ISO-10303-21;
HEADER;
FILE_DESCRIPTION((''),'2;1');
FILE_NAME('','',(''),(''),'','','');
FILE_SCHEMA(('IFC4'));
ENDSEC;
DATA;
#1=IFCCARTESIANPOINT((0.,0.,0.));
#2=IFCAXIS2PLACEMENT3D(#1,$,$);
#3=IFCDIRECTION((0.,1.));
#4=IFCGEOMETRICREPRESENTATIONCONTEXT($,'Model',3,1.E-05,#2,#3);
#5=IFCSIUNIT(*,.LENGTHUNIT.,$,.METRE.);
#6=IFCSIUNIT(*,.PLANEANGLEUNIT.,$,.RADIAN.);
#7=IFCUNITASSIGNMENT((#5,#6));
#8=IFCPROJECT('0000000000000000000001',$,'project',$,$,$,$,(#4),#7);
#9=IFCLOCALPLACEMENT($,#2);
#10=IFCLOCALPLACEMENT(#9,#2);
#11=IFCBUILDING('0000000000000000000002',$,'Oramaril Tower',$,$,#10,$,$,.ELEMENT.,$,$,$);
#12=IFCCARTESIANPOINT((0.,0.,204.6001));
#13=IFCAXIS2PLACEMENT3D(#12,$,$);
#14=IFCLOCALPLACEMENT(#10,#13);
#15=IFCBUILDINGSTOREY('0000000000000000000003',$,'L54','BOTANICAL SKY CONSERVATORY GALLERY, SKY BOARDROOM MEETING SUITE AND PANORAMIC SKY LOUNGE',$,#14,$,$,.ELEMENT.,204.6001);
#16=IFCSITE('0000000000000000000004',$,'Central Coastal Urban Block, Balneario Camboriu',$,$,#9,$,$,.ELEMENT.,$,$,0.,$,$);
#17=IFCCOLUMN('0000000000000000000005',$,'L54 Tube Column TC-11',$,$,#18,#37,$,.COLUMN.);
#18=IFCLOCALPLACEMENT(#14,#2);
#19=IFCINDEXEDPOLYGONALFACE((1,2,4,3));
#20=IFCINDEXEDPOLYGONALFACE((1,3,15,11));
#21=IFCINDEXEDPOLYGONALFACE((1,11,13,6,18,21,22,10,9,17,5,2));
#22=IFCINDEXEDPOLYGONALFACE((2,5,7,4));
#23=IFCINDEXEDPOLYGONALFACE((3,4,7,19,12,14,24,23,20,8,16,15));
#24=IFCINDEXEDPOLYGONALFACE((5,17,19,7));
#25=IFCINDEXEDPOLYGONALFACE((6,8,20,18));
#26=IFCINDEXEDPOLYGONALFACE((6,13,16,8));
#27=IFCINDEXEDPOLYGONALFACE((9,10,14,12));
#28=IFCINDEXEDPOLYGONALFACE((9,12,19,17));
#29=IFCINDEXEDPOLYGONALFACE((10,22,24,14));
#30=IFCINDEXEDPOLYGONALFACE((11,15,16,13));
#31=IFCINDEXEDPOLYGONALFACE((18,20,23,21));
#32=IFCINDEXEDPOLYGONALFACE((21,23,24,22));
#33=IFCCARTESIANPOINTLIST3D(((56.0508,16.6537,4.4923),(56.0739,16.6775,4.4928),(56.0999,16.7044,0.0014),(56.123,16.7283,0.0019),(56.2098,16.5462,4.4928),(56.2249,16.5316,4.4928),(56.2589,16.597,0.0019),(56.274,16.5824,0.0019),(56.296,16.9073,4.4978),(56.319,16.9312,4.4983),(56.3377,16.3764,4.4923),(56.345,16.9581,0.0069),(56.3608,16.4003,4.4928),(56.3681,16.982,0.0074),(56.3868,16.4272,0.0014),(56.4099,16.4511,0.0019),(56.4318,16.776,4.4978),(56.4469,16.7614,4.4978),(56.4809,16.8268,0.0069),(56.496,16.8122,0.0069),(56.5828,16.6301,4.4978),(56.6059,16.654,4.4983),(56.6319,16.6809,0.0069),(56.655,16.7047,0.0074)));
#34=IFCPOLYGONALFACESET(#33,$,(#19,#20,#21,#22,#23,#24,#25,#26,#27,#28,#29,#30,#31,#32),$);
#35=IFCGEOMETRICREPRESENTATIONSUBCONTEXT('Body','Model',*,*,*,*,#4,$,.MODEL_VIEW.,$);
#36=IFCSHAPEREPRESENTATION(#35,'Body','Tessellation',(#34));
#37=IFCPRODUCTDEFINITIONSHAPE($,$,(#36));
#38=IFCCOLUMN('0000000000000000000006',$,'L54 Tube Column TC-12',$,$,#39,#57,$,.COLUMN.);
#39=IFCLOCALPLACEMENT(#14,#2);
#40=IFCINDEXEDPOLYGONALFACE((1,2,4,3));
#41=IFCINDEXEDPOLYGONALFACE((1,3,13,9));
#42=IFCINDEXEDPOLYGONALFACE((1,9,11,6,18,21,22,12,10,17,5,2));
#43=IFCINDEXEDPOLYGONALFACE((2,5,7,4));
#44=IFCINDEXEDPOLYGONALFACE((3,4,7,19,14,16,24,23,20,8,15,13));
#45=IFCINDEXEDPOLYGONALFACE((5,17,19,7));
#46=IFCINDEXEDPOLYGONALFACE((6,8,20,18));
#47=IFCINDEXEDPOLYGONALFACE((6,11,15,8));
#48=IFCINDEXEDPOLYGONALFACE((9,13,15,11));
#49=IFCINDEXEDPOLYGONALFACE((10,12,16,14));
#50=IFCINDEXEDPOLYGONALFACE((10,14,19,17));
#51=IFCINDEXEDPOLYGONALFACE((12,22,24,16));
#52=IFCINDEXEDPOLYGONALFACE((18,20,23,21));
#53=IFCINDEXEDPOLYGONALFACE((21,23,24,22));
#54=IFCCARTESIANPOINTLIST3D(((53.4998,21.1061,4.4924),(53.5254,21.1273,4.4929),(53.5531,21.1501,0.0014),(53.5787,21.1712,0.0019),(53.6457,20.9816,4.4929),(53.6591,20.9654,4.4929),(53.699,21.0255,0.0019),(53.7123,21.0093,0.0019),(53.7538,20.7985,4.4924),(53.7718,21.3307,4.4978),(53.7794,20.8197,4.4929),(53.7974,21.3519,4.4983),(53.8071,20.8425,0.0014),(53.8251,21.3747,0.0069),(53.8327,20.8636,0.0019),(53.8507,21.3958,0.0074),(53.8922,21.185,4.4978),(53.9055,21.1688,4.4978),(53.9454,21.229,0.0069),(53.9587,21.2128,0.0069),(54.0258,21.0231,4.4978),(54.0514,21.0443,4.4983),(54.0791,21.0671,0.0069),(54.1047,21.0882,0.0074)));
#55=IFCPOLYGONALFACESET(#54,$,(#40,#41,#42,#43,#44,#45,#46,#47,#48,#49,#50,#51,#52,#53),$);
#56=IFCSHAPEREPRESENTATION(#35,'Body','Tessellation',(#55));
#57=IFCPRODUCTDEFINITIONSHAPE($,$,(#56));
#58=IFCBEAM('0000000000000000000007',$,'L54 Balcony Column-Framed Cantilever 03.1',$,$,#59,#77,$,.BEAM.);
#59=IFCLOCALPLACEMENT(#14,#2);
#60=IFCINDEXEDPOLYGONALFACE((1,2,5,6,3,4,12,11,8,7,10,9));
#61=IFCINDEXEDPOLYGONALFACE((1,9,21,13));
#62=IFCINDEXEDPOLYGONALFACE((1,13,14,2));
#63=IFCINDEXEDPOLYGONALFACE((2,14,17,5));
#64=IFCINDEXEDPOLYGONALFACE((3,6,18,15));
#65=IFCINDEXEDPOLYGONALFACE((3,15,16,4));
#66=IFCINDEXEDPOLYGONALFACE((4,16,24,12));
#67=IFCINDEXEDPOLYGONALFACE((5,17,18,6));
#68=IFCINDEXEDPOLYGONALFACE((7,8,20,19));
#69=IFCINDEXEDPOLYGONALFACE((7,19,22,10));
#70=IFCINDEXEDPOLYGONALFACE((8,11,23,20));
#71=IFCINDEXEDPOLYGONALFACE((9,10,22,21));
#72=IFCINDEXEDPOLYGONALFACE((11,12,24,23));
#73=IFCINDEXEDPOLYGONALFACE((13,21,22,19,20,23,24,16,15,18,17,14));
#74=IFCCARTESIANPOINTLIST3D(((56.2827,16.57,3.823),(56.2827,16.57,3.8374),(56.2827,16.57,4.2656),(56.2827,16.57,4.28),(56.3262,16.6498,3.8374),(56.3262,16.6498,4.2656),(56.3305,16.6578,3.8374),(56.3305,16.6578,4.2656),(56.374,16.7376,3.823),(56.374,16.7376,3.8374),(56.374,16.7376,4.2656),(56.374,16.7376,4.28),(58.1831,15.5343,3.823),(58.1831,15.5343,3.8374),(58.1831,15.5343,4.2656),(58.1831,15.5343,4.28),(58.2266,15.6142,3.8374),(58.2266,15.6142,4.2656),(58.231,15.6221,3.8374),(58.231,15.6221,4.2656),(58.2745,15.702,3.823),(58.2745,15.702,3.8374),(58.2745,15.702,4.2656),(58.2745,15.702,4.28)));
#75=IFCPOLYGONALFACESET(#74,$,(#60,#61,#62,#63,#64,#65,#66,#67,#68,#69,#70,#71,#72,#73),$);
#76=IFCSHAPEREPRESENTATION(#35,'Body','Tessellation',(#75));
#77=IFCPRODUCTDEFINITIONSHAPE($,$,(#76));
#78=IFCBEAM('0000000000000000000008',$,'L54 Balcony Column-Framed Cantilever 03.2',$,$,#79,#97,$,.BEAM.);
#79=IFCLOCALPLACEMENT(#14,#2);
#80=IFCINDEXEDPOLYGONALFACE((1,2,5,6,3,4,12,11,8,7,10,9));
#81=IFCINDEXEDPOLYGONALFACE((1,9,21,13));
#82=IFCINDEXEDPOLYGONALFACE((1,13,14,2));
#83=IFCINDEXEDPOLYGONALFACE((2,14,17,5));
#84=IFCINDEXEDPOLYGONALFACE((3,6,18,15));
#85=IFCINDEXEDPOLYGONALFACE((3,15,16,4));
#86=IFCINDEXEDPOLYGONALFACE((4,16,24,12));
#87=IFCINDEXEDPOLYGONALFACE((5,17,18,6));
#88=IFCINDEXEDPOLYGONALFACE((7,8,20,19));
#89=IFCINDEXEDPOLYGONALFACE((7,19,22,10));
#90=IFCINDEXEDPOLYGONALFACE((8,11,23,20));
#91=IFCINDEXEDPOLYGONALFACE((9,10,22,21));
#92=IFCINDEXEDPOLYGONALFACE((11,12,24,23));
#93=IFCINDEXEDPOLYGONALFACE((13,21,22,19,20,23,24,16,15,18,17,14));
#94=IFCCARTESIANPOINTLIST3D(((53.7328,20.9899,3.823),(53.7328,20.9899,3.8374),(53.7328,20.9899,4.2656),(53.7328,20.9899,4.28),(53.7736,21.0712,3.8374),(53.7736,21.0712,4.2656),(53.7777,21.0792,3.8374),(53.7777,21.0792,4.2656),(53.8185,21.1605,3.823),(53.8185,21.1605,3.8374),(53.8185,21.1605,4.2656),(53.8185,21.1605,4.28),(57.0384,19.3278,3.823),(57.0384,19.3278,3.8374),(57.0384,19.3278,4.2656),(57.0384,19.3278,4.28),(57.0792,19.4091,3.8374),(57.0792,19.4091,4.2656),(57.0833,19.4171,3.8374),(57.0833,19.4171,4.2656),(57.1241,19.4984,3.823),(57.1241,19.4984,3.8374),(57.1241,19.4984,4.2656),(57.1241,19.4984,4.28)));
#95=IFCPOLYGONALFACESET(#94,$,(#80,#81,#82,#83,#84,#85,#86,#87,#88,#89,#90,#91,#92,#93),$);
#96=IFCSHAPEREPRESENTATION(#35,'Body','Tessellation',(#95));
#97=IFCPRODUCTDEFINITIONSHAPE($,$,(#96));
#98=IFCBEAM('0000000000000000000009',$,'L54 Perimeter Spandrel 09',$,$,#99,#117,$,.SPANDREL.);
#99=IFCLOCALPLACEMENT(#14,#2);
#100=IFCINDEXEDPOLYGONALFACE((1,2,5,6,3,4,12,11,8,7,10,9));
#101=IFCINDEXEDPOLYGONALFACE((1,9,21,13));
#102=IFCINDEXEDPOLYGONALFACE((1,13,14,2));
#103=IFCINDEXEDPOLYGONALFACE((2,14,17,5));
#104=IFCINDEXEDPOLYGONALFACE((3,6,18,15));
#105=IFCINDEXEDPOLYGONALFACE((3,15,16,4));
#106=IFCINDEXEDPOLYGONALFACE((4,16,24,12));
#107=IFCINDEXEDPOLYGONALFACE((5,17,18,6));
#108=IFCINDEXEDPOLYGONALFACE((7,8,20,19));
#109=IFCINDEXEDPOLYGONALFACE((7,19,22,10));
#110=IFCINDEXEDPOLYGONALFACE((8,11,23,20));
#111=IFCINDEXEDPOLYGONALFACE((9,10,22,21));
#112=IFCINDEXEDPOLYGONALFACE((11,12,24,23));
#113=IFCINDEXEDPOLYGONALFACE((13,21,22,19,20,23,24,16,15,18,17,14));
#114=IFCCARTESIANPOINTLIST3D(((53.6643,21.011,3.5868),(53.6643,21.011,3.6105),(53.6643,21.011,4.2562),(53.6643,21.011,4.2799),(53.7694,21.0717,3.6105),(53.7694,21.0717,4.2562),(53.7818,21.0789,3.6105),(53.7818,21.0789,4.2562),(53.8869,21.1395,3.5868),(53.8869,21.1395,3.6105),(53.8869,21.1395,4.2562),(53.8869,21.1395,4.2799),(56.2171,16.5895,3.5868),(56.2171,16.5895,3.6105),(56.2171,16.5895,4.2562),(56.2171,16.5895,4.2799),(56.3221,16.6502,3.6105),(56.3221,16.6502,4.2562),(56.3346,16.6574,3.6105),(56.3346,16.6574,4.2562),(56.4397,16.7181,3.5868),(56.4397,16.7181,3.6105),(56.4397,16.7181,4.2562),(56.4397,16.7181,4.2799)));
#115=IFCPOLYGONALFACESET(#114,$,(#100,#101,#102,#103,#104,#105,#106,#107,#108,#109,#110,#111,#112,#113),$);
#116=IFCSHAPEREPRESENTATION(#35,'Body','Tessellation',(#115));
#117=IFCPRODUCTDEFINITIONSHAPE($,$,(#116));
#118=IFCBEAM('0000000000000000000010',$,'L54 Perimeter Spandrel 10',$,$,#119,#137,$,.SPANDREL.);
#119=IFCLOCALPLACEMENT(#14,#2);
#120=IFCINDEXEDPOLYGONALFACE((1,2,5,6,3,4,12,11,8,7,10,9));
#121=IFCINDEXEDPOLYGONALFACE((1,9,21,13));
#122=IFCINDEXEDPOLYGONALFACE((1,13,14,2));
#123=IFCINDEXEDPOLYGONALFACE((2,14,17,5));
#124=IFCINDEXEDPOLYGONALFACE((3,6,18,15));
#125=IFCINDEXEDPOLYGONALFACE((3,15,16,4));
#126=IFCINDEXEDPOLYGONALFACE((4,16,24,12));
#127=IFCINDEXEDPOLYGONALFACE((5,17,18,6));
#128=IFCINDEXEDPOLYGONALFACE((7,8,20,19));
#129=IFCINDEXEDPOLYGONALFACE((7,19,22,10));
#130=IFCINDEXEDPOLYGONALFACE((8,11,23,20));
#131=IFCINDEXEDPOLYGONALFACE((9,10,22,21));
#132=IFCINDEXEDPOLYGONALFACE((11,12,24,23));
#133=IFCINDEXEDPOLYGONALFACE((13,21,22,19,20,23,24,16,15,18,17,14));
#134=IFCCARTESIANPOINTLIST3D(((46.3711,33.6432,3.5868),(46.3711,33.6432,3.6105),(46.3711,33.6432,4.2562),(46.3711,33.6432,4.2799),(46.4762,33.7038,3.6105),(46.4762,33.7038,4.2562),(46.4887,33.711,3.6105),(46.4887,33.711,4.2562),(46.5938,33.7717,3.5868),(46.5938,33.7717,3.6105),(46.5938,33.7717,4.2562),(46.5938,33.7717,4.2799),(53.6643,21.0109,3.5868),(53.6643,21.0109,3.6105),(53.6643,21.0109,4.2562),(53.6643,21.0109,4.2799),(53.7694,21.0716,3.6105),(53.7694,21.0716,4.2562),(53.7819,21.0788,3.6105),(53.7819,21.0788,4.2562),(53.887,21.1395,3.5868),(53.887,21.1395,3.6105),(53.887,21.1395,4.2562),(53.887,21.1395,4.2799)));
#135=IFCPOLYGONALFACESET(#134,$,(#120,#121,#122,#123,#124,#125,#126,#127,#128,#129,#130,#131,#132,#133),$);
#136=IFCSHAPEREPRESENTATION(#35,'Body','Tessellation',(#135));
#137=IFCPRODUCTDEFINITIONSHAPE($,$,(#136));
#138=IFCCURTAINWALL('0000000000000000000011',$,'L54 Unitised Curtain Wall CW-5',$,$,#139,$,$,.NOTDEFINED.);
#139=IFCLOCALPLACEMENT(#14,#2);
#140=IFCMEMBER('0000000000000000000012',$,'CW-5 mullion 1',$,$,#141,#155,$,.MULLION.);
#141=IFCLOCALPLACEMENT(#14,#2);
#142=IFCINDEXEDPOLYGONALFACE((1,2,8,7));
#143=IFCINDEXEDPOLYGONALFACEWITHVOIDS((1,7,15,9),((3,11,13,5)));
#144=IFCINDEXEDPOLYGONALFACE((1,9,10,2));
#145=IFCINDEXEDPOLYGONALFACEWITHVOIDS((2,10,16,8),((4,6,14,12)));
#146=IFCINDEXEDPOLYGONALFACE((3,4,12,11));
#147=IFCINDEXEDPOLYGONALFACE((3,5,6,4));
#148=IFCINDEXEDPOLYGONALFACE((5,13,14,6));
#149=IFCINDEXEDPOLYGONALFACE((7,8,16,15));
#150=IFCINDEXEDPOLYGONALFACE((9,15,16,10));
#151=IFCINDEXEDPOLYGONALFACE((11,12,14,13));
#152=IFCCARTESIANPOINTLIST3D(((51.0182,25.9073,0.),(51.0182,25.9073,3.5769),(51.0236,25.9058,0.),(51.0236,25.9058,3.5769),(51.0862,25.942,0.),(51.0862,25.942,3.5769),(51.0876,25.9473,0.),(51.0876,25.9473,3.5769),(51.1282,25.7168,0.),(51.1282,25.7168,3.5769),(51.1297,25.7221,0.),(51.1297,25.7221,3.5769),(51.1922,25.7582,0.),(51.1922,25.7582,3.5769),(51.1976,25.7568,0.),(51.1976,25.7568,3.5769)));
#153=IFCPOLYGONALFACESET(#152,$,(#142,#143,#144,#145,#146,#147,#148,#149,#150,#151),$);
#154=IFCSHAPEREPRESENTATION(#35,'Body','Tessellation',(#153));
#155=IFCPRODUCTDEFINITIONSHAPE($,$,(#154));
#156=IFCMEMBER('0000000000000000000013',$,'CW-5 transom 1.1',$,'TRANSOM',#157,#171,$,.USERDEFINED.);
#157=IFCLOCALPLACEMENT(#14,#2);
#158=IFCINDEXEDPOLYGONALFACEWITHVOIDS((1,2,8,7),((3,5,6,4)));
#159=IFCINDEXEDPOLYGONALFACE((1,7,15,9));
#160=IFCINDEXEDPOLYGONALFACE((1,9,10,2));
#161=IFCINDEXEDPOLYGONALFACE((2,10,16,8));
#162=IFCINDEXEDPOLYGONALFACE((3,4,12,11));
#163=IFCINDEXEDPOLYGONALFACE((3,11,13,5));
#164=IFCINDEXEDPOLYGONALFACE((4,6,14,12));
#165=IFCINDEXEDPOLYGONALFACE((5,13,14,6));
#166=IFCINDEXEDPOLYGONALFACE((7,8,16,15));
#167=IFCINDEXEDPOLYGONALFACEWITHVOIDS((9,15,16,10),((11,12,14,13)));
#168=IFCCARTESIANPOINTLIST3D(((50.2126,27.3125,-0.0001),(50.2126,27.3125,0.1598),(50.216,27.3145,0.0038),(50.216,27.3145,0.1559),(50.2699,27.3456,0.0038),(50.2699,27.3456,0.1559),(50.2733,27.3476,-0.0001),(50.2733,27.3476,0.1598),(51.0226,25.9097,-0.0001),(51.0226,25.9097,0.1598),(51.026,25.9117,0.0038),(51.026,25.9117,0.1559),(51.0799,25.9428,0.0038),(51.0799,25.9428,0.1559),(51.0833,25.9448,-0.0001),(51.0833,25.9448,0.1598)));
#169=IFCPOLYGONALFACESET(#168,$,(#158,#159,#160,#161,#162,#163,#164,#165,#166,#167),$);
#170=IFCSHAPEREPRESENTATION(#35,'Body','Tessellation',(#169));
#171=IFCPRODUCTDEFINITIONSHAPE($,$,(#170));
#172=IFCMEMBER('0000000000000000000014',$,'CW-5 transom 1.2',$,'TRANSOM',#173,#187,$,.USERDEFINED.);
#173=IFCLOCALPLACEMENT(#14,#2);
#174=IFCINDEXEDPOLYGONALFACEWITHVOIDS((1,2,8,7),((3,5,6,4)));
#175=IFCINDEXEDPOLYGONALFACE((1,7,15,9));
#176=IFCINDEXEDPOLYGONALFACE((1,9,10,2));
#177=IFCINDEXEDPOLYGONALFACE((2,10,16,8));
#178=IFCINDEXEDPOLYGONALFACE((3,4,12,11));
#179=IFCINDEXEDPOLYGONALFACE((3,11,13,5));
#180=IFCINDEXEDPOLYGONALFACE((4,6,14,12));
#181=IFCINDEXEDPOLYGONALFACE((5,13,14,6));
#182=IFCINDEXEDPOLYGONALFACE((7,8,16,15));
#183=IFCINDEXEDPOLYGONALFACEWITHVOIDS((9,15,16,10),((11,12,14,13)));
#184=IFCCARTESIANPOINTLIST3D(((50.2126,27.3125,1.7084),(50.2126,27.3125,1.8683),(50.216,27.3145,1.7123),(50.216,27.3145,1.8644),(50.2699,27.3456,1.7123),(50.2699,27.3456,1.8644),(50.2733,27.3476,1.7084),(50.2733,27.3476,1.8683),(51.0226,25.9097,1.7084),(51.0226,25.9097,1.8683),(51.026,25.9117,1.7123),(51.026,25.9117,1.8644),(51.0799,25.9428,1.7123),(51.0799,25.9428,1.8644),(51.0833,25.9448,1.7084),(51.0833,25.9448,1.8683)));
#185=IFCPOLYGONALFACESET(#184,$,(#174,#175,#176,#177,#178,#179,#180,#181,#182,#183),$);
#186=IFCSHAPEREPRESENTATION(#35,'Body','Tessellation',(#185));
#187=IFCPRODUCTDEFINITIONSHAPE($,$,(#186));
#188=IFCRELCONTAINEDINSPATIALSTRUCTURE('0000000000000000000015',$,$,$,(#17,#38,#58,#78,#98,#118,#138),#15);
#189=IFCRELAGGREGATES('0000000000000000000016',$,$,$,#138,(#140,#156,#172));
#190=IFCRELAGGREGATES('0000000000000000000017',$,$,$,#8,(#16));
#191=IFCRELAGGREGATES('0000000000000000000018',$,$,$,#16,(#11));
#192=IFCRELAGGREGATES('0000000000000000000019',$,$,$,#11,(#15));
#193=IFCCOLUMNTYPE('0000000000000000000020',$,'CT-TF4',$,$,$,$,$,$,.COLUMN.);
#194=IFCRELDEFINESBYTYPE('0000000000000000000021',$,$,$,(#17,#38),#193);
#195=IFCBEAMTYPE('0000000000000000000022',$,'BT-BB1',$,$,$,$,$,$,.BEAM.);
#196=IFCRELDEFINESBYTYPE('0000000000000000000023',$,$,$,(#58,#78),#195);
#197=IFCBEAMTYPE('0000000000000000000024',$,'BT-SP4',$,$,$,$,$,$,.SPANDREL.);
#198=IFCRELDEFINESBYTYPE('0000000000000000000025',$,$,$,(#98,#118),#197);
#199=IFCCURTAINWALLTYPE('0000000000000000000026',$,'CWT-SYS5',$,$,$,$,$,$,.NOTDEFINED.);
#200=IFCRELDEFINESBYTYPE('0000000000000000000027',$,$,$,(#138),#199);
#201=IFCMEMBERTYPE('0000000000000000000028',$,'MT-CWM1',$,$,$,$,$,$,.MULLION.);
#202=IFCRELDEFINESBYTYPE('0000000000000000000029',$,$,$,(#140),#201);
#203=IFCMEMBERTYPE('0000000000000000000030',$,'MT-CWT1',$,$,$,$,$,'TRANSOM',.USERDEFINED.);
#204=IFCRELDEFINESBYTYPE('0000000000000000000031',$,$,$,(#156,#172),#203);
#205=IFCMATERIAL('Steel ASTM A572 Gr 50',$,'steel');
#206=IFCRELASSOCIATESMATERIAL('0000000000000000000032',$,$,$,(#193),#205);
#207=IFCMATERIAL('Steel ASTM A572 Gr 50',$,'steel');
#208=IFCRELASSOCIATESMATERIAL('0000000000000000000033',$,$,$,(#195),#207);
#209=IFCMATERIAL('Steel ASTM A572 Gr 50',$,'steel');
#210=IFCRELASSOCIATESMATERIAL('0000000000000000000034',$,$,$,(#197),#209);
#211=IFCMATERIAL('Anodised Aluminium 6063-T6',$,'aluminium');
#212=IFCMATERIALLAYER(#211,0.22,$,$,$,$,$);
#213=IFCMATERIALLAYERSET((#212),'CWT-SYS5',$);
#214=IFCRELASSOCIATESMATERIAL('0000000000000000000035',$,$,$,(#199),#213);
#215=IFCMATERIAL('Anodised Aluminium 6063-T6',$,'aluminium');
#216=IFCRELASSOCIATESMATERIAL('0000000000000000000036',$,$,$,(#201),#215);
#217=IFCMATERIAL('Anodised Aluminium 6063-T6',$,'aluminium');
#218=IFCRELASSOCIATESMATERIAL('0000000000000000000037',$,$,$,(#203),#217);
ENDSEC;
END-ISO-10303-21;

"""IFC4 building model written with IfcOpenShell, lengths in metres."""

from ifc_helpers import new_model, si_unit, direction, frame, origin, origin_2d, place, context, subcontext, project, spatial, hollow_rectangle, i_section, extrude, material, layer, layer_set, material_profile, profile_set, type_object, element, aggregate, save


model = new_model("IFC4")

# Units and contexts
model_context = context("Model", 3, precision=1e-05, world=origin(), true_north=direction((0.0, 1.0)))
body_context = subcontext(model_context, "Body", "Model", "MODEL_VIEW")
ifc_project = project(units=[si_unit("LENGTHUNIT", "METRE"), si_unit("PLANEANGLEUNIT", "RADIAN")], contexts=[model_context])

# Site, building, storey
site_placement = place(None, origin())
site = spatial("IfcSite", under=ifc_project, at=site_placement, Name="Central Coastal Urban Block, Balneario Camboriu", CompositionType="ELEMENT", RefElevation=0.0)
building_placement = place(site_placement, origin())
building = spatial("IfcBuilding", under=site, at=building_placement, Name="Oramaril Tower", CompositionType="ELEMENT")
storey_placement = place(building_placement, frame((0.0, 0.0, 204.6001)))
storey = spatial("IfcBuildingStorey", under=building, at=storey_placement, Name="L54", Description="BOTANICAL SKY CONSERVATORY GALLERY, SKY BOARDROOM MEETING SUITE AND PANORAMIC SKY LOUNGE", CompositionType="ELEMENT", Elevation=204.6001)

# Columns
ifc_material_1 = material(Name="Steel ASTM A572 Gr 50", Category="steel")
ifc_material_profile_1 = material_profile(ifc_material_1, i_section(OverallWidth=0.3989, OverallDepth=0.386, WebThickness=0.021, FlangeThickness=0.0332, at=origin_2d()), Name="W14X176")
ifc_profile_set_1 = profile_set([ifc_material_profile_1], Name="Steel ASTM A572 Gr 50")
column_type = type_object("IfcColumnType", Name="CT-TF4", PredefinedType="COLUMN", material=ifc_profile_set_1)
for number, where, z_axis, x_axis, name in (
    (1, (56.3774, 16.7046, 0.0044), (-0.010926, -0.011306, 0.999876), (0.719104, -0.694903, 0.0), "L54 Tube Column TC-11"),
    (2, (53.8289, 21.1191, 0.0044), (-0.01185, -0.009784, 0.999882), (0.636699, -0.771113, 0.0), "L54 Tube Column TC-12"),
):
    element("IfcColumn", number, at=place(storey_placement, frame(where, z_axis=z_axis, x_axis=x_axis)), inside=storey, type_object=column_type, Name=name, PredefinedType="COLUMN", context=body_context, shape_type="SweptSolid", body=[
        extrude(i_section(OverallWidth=0.3989, OverallDepth=0.386, WebThickness=0.021, FlangeThickness=0.0332, at=origin_2d()), origin(), (0.0, 0.0, 1.0), 4.4915),
    ])

# Beams
ifc_material_2 = material(Name="Steel ASTM A572 Gr 50", Category="steel")
ifc_material_profile_2 = material_profile(ifc_material_2, i_section(OverallWidth=0.1909, OverallDepth=0.457, WebThickness=0.009, FlangeThickness=0.0144, at=origin_2d()), Name="W18X50")
ifc_profile_set_2 = profile_set([ifc_material_profile_2], Name="Steel ASTM A572 Gr 50")
beam_type_1 = type_object("IfcBeamType", Name="BT-BB1", PredefinedType="BEAM", material=ifc_profile_set_2)
beam_1_placement = place(storey_placement, frame((56.3284, 16.6538, 4.0515), z_axis=(0.878077, -0.47852, 0.0), x_axis=(0.47852, 0.878077, 0.0)))
element("IfcBeam", 3, at=beam_1_placement, inside=storey, type_object=beam_type_1, Name="L54 Balcony Column-Framed Cantilever 03.1", PredefinedType="BEAM", context=body_context, shape_type="SweptSolid", body=[
    extrude(i_section(OverallWidth=0.1909, OverallDepth=0.457, WebThickness=0.009, FlangeThickness=0.0144, at=origin_2d()), origin(), (0.0, 0.0, 1.0), 2.1643),
])
beam_2_placement = place(storey_placement, frame((53.7756, 21.0752, 4.0515), z_axis=(0.893422, -0.449218, 0.0), x_axis=(0.449218, 0.893422, 0.0)))
element("IfcBeam", 4, at=beam_2_placement, inside=storey, type_object=beam_type_1, Name="L54 Balcony Column-Framed Cantilever 03.2", PredefinedType="BEAM", context=body_context, shape_type="SweptSolid", body=[
    extrude(i_section(OverallWidth=0.1909, OverallDepth=0.457, WebThickness=0.009, FlangeThickness=0.0144, at=origin_2d()), origin(), (0.0, 0.0, 1.0), 3.7),
])
ifc_material_3 = material(Name="Steel ASTM A572 Gr 50", Category="steel")
ifc_material_profile_3 = material_profile(ifc_material_3, i_section(OverallWidth=0.2571, OverallDepth=0.6931, WebThickness=0.0144, FlangeThickness=0.0237, at=origin_2d()), Name="W27X114")
ifc_profile_set_3 = profile_set([ifc_material_profile_3], Name="Steel ASTM A572 Gr 50")
beam_type_2 = type_object("IfcBeamType", Name="BT-SP4", PredefinedType="SPANDREL", material=ifc_profile_set_3)
beam_3_placement = place(storey_placement, frame((56.3284, 16.6538, 3.9333), z_axis=(-0.500007, 0.866022, 0.0), x_axis=(-0.866022, -0.500007, 0.0)))
element("IfcBeam", 5, at=beam_3_placement, inside=storey, type_object=beam_type_2, Name="L54 Perimeter Spandrel 09", PredefinedType="SPANDREL", context=body_context, shape_type="SweptSolid", body=[
    extrude(i_section(OverallWidth=0.2571, OverallDepth=0.6931, WebThickness=0.0144, FlangeThickness=0.0237, at=origin_2d()), origin(), (0.0, 0.0, 1.0), 5.1055),
])
beam_4_placement = place(storey_placement, frame((53.7756, 21.0752, 3.9333), z_axis=(-0.499997, 0.866027, 0.0), x_axis=(-0.866027, -0.499997, 0.0)))
element("IfcBeam", 6, at=beam_4_placement, inside=storey, type_object=beam_type_2, Name="L54 Perimeter Spandrel 10", PredefinedType="SPANDREL", context=body_context, shape_type="SweptSolid", body=[
    extrude(i_section(OverallWidth=0.2571, OverallDepth=0.6931, WebThickness=0.0144, FlangeThickness=0.0237, at=origin_2d()), origin(), (0.0, 0.0, 1.0), 14.5864),
])

# Curtain wall, members
ifc_material_4 = material(Name="Anodised Aluminium 6063-T6", Category="aluminium")
ifc_layer_1 = layer(ifc_material_4, 0.22)
ifc_layer_set_1 = layer_set([ifc_layer_1], Name="CWT-SYS5")
curtain_wall_type = type_object("IfcCurtainWallType", Name="CWT-SYS5", PredefinedType="NOTDEFINED", material=ifc_layer_set_1)
curtain_wall_placement = place(storey_placement, origin())
curtain_wall = element("IfcCurtainWall", 7, at=curtain_wall_placement, inside=storey, type_object=curtain_wall_type, Name="L54 Unitised Curtain Wall CW-5", PredefinedType="NOTDEFINED")
ifc_material_5 = material(Name="Anodised Aluminium 6063-T6", Category="aluminium")
ifc_material_profile_4 = material_profile(ifc_material_5, hollow_rectangle(XDim=0.0801, YDim=0.22, WallThickness=0.0039, at=origin_2d()), Name="CWM220X80")
ifc_profile_set_4 = profile_set([ifc_material_profile_4], Name="Anodised Aluminium 6063-T6")
member_type_1 = type_object("IfcMemberType", Name="MT-CWM1", PredefinedType="MULLION", material=ifc_profile_set_4)
member_1_placement = place(storey_placement, frame((51.1079, 25.832, 0.0), z_axis=(0.0, 0.0, 1.0), x_axis=(-0.866025, -0.5, 0.0)))
member_1 = element("IfcMember", 8, at=member_1_placement, type_object=member_type_1, Name="CW-5 mullion 1", PredefinedType="MULLION", context=body_context, shape_type="SweptSolid", body=[
    extrude(hollow_rectangle(XDim=0.0801, YDim=0.22, WallThickness=0.0039, at=origin_2d()), origin(), (0.0, 0.0, 1.0), 3.5769),
])
ifc_material_6 = material(Name="Anodised Aluminium 6063-T6", Category="aluminium")
ifc_material_profile_5 = material_profile(ifc_material_6, hollow_rectangle(XDim=0.0701, YDim=0.1599, WallThickness=0.0039, at=origin_2d()), Name="CWT160X70")
ifc_profile_set_5 = profile_set([ifc_material_profile_5], Name="Anodised Aluminium 6063-T6")
member_type_2 = type_object("IfcMemberType", Name="MT-CWT1", ElementType="TRANSOM", PredefinedType="USERDEFINED", material=ifc_profile_set_5)
member_2_placement = place(storey_placement, frame((51.053, 25.9272, 0.0798), z_axis=(-0.500062, 0.86599, 0.0), x_axis=(-0.86599, -0.500062, 0.0)))
member_2 = element("IfcMember", 9, at=member_2_placement, type_object=member_type_2, Name="CW-5 transom 1.1", ObjectType="TRANSOM", PredefinedType="USERDEFINED", context=body_context, shape_type="SweptSolid", body=[
    extrude(hollow_rectangle(XDim=0.0701, YDim=0.1599, WallThickness=0.0039, at=origin_2d()), origin(), (0.0, 0.0, 1.0), 1.6199),
])
member_3_placement = place(storey_placement, frame((51.053, 25.9272, 1.7883), z_axis=(-0.500062, 0.86599, 0.0), x_axis=(-0.86599, -0.500062, 0.0)))
member_3 = element("IfcMember", 10, at=member_3_placement, type_object=member_type_2, Name="CW-5 transom 1.2", ObjectType="TRANSOM", PredefinedType="USERDEFINED", context=body_context, shape_type="SweptSolid", body=[
    extrude(hollow_rectangle(XDim=0.0701, YDim=0.1599, WallThickness=0.0039, at=origin_2d()), origin(), (0.0, 0.0, 1.0), 1.6199),
])
aggregate(curtain_wall, [member_1, member_2, member_3])

save(model, "model.ifc")
